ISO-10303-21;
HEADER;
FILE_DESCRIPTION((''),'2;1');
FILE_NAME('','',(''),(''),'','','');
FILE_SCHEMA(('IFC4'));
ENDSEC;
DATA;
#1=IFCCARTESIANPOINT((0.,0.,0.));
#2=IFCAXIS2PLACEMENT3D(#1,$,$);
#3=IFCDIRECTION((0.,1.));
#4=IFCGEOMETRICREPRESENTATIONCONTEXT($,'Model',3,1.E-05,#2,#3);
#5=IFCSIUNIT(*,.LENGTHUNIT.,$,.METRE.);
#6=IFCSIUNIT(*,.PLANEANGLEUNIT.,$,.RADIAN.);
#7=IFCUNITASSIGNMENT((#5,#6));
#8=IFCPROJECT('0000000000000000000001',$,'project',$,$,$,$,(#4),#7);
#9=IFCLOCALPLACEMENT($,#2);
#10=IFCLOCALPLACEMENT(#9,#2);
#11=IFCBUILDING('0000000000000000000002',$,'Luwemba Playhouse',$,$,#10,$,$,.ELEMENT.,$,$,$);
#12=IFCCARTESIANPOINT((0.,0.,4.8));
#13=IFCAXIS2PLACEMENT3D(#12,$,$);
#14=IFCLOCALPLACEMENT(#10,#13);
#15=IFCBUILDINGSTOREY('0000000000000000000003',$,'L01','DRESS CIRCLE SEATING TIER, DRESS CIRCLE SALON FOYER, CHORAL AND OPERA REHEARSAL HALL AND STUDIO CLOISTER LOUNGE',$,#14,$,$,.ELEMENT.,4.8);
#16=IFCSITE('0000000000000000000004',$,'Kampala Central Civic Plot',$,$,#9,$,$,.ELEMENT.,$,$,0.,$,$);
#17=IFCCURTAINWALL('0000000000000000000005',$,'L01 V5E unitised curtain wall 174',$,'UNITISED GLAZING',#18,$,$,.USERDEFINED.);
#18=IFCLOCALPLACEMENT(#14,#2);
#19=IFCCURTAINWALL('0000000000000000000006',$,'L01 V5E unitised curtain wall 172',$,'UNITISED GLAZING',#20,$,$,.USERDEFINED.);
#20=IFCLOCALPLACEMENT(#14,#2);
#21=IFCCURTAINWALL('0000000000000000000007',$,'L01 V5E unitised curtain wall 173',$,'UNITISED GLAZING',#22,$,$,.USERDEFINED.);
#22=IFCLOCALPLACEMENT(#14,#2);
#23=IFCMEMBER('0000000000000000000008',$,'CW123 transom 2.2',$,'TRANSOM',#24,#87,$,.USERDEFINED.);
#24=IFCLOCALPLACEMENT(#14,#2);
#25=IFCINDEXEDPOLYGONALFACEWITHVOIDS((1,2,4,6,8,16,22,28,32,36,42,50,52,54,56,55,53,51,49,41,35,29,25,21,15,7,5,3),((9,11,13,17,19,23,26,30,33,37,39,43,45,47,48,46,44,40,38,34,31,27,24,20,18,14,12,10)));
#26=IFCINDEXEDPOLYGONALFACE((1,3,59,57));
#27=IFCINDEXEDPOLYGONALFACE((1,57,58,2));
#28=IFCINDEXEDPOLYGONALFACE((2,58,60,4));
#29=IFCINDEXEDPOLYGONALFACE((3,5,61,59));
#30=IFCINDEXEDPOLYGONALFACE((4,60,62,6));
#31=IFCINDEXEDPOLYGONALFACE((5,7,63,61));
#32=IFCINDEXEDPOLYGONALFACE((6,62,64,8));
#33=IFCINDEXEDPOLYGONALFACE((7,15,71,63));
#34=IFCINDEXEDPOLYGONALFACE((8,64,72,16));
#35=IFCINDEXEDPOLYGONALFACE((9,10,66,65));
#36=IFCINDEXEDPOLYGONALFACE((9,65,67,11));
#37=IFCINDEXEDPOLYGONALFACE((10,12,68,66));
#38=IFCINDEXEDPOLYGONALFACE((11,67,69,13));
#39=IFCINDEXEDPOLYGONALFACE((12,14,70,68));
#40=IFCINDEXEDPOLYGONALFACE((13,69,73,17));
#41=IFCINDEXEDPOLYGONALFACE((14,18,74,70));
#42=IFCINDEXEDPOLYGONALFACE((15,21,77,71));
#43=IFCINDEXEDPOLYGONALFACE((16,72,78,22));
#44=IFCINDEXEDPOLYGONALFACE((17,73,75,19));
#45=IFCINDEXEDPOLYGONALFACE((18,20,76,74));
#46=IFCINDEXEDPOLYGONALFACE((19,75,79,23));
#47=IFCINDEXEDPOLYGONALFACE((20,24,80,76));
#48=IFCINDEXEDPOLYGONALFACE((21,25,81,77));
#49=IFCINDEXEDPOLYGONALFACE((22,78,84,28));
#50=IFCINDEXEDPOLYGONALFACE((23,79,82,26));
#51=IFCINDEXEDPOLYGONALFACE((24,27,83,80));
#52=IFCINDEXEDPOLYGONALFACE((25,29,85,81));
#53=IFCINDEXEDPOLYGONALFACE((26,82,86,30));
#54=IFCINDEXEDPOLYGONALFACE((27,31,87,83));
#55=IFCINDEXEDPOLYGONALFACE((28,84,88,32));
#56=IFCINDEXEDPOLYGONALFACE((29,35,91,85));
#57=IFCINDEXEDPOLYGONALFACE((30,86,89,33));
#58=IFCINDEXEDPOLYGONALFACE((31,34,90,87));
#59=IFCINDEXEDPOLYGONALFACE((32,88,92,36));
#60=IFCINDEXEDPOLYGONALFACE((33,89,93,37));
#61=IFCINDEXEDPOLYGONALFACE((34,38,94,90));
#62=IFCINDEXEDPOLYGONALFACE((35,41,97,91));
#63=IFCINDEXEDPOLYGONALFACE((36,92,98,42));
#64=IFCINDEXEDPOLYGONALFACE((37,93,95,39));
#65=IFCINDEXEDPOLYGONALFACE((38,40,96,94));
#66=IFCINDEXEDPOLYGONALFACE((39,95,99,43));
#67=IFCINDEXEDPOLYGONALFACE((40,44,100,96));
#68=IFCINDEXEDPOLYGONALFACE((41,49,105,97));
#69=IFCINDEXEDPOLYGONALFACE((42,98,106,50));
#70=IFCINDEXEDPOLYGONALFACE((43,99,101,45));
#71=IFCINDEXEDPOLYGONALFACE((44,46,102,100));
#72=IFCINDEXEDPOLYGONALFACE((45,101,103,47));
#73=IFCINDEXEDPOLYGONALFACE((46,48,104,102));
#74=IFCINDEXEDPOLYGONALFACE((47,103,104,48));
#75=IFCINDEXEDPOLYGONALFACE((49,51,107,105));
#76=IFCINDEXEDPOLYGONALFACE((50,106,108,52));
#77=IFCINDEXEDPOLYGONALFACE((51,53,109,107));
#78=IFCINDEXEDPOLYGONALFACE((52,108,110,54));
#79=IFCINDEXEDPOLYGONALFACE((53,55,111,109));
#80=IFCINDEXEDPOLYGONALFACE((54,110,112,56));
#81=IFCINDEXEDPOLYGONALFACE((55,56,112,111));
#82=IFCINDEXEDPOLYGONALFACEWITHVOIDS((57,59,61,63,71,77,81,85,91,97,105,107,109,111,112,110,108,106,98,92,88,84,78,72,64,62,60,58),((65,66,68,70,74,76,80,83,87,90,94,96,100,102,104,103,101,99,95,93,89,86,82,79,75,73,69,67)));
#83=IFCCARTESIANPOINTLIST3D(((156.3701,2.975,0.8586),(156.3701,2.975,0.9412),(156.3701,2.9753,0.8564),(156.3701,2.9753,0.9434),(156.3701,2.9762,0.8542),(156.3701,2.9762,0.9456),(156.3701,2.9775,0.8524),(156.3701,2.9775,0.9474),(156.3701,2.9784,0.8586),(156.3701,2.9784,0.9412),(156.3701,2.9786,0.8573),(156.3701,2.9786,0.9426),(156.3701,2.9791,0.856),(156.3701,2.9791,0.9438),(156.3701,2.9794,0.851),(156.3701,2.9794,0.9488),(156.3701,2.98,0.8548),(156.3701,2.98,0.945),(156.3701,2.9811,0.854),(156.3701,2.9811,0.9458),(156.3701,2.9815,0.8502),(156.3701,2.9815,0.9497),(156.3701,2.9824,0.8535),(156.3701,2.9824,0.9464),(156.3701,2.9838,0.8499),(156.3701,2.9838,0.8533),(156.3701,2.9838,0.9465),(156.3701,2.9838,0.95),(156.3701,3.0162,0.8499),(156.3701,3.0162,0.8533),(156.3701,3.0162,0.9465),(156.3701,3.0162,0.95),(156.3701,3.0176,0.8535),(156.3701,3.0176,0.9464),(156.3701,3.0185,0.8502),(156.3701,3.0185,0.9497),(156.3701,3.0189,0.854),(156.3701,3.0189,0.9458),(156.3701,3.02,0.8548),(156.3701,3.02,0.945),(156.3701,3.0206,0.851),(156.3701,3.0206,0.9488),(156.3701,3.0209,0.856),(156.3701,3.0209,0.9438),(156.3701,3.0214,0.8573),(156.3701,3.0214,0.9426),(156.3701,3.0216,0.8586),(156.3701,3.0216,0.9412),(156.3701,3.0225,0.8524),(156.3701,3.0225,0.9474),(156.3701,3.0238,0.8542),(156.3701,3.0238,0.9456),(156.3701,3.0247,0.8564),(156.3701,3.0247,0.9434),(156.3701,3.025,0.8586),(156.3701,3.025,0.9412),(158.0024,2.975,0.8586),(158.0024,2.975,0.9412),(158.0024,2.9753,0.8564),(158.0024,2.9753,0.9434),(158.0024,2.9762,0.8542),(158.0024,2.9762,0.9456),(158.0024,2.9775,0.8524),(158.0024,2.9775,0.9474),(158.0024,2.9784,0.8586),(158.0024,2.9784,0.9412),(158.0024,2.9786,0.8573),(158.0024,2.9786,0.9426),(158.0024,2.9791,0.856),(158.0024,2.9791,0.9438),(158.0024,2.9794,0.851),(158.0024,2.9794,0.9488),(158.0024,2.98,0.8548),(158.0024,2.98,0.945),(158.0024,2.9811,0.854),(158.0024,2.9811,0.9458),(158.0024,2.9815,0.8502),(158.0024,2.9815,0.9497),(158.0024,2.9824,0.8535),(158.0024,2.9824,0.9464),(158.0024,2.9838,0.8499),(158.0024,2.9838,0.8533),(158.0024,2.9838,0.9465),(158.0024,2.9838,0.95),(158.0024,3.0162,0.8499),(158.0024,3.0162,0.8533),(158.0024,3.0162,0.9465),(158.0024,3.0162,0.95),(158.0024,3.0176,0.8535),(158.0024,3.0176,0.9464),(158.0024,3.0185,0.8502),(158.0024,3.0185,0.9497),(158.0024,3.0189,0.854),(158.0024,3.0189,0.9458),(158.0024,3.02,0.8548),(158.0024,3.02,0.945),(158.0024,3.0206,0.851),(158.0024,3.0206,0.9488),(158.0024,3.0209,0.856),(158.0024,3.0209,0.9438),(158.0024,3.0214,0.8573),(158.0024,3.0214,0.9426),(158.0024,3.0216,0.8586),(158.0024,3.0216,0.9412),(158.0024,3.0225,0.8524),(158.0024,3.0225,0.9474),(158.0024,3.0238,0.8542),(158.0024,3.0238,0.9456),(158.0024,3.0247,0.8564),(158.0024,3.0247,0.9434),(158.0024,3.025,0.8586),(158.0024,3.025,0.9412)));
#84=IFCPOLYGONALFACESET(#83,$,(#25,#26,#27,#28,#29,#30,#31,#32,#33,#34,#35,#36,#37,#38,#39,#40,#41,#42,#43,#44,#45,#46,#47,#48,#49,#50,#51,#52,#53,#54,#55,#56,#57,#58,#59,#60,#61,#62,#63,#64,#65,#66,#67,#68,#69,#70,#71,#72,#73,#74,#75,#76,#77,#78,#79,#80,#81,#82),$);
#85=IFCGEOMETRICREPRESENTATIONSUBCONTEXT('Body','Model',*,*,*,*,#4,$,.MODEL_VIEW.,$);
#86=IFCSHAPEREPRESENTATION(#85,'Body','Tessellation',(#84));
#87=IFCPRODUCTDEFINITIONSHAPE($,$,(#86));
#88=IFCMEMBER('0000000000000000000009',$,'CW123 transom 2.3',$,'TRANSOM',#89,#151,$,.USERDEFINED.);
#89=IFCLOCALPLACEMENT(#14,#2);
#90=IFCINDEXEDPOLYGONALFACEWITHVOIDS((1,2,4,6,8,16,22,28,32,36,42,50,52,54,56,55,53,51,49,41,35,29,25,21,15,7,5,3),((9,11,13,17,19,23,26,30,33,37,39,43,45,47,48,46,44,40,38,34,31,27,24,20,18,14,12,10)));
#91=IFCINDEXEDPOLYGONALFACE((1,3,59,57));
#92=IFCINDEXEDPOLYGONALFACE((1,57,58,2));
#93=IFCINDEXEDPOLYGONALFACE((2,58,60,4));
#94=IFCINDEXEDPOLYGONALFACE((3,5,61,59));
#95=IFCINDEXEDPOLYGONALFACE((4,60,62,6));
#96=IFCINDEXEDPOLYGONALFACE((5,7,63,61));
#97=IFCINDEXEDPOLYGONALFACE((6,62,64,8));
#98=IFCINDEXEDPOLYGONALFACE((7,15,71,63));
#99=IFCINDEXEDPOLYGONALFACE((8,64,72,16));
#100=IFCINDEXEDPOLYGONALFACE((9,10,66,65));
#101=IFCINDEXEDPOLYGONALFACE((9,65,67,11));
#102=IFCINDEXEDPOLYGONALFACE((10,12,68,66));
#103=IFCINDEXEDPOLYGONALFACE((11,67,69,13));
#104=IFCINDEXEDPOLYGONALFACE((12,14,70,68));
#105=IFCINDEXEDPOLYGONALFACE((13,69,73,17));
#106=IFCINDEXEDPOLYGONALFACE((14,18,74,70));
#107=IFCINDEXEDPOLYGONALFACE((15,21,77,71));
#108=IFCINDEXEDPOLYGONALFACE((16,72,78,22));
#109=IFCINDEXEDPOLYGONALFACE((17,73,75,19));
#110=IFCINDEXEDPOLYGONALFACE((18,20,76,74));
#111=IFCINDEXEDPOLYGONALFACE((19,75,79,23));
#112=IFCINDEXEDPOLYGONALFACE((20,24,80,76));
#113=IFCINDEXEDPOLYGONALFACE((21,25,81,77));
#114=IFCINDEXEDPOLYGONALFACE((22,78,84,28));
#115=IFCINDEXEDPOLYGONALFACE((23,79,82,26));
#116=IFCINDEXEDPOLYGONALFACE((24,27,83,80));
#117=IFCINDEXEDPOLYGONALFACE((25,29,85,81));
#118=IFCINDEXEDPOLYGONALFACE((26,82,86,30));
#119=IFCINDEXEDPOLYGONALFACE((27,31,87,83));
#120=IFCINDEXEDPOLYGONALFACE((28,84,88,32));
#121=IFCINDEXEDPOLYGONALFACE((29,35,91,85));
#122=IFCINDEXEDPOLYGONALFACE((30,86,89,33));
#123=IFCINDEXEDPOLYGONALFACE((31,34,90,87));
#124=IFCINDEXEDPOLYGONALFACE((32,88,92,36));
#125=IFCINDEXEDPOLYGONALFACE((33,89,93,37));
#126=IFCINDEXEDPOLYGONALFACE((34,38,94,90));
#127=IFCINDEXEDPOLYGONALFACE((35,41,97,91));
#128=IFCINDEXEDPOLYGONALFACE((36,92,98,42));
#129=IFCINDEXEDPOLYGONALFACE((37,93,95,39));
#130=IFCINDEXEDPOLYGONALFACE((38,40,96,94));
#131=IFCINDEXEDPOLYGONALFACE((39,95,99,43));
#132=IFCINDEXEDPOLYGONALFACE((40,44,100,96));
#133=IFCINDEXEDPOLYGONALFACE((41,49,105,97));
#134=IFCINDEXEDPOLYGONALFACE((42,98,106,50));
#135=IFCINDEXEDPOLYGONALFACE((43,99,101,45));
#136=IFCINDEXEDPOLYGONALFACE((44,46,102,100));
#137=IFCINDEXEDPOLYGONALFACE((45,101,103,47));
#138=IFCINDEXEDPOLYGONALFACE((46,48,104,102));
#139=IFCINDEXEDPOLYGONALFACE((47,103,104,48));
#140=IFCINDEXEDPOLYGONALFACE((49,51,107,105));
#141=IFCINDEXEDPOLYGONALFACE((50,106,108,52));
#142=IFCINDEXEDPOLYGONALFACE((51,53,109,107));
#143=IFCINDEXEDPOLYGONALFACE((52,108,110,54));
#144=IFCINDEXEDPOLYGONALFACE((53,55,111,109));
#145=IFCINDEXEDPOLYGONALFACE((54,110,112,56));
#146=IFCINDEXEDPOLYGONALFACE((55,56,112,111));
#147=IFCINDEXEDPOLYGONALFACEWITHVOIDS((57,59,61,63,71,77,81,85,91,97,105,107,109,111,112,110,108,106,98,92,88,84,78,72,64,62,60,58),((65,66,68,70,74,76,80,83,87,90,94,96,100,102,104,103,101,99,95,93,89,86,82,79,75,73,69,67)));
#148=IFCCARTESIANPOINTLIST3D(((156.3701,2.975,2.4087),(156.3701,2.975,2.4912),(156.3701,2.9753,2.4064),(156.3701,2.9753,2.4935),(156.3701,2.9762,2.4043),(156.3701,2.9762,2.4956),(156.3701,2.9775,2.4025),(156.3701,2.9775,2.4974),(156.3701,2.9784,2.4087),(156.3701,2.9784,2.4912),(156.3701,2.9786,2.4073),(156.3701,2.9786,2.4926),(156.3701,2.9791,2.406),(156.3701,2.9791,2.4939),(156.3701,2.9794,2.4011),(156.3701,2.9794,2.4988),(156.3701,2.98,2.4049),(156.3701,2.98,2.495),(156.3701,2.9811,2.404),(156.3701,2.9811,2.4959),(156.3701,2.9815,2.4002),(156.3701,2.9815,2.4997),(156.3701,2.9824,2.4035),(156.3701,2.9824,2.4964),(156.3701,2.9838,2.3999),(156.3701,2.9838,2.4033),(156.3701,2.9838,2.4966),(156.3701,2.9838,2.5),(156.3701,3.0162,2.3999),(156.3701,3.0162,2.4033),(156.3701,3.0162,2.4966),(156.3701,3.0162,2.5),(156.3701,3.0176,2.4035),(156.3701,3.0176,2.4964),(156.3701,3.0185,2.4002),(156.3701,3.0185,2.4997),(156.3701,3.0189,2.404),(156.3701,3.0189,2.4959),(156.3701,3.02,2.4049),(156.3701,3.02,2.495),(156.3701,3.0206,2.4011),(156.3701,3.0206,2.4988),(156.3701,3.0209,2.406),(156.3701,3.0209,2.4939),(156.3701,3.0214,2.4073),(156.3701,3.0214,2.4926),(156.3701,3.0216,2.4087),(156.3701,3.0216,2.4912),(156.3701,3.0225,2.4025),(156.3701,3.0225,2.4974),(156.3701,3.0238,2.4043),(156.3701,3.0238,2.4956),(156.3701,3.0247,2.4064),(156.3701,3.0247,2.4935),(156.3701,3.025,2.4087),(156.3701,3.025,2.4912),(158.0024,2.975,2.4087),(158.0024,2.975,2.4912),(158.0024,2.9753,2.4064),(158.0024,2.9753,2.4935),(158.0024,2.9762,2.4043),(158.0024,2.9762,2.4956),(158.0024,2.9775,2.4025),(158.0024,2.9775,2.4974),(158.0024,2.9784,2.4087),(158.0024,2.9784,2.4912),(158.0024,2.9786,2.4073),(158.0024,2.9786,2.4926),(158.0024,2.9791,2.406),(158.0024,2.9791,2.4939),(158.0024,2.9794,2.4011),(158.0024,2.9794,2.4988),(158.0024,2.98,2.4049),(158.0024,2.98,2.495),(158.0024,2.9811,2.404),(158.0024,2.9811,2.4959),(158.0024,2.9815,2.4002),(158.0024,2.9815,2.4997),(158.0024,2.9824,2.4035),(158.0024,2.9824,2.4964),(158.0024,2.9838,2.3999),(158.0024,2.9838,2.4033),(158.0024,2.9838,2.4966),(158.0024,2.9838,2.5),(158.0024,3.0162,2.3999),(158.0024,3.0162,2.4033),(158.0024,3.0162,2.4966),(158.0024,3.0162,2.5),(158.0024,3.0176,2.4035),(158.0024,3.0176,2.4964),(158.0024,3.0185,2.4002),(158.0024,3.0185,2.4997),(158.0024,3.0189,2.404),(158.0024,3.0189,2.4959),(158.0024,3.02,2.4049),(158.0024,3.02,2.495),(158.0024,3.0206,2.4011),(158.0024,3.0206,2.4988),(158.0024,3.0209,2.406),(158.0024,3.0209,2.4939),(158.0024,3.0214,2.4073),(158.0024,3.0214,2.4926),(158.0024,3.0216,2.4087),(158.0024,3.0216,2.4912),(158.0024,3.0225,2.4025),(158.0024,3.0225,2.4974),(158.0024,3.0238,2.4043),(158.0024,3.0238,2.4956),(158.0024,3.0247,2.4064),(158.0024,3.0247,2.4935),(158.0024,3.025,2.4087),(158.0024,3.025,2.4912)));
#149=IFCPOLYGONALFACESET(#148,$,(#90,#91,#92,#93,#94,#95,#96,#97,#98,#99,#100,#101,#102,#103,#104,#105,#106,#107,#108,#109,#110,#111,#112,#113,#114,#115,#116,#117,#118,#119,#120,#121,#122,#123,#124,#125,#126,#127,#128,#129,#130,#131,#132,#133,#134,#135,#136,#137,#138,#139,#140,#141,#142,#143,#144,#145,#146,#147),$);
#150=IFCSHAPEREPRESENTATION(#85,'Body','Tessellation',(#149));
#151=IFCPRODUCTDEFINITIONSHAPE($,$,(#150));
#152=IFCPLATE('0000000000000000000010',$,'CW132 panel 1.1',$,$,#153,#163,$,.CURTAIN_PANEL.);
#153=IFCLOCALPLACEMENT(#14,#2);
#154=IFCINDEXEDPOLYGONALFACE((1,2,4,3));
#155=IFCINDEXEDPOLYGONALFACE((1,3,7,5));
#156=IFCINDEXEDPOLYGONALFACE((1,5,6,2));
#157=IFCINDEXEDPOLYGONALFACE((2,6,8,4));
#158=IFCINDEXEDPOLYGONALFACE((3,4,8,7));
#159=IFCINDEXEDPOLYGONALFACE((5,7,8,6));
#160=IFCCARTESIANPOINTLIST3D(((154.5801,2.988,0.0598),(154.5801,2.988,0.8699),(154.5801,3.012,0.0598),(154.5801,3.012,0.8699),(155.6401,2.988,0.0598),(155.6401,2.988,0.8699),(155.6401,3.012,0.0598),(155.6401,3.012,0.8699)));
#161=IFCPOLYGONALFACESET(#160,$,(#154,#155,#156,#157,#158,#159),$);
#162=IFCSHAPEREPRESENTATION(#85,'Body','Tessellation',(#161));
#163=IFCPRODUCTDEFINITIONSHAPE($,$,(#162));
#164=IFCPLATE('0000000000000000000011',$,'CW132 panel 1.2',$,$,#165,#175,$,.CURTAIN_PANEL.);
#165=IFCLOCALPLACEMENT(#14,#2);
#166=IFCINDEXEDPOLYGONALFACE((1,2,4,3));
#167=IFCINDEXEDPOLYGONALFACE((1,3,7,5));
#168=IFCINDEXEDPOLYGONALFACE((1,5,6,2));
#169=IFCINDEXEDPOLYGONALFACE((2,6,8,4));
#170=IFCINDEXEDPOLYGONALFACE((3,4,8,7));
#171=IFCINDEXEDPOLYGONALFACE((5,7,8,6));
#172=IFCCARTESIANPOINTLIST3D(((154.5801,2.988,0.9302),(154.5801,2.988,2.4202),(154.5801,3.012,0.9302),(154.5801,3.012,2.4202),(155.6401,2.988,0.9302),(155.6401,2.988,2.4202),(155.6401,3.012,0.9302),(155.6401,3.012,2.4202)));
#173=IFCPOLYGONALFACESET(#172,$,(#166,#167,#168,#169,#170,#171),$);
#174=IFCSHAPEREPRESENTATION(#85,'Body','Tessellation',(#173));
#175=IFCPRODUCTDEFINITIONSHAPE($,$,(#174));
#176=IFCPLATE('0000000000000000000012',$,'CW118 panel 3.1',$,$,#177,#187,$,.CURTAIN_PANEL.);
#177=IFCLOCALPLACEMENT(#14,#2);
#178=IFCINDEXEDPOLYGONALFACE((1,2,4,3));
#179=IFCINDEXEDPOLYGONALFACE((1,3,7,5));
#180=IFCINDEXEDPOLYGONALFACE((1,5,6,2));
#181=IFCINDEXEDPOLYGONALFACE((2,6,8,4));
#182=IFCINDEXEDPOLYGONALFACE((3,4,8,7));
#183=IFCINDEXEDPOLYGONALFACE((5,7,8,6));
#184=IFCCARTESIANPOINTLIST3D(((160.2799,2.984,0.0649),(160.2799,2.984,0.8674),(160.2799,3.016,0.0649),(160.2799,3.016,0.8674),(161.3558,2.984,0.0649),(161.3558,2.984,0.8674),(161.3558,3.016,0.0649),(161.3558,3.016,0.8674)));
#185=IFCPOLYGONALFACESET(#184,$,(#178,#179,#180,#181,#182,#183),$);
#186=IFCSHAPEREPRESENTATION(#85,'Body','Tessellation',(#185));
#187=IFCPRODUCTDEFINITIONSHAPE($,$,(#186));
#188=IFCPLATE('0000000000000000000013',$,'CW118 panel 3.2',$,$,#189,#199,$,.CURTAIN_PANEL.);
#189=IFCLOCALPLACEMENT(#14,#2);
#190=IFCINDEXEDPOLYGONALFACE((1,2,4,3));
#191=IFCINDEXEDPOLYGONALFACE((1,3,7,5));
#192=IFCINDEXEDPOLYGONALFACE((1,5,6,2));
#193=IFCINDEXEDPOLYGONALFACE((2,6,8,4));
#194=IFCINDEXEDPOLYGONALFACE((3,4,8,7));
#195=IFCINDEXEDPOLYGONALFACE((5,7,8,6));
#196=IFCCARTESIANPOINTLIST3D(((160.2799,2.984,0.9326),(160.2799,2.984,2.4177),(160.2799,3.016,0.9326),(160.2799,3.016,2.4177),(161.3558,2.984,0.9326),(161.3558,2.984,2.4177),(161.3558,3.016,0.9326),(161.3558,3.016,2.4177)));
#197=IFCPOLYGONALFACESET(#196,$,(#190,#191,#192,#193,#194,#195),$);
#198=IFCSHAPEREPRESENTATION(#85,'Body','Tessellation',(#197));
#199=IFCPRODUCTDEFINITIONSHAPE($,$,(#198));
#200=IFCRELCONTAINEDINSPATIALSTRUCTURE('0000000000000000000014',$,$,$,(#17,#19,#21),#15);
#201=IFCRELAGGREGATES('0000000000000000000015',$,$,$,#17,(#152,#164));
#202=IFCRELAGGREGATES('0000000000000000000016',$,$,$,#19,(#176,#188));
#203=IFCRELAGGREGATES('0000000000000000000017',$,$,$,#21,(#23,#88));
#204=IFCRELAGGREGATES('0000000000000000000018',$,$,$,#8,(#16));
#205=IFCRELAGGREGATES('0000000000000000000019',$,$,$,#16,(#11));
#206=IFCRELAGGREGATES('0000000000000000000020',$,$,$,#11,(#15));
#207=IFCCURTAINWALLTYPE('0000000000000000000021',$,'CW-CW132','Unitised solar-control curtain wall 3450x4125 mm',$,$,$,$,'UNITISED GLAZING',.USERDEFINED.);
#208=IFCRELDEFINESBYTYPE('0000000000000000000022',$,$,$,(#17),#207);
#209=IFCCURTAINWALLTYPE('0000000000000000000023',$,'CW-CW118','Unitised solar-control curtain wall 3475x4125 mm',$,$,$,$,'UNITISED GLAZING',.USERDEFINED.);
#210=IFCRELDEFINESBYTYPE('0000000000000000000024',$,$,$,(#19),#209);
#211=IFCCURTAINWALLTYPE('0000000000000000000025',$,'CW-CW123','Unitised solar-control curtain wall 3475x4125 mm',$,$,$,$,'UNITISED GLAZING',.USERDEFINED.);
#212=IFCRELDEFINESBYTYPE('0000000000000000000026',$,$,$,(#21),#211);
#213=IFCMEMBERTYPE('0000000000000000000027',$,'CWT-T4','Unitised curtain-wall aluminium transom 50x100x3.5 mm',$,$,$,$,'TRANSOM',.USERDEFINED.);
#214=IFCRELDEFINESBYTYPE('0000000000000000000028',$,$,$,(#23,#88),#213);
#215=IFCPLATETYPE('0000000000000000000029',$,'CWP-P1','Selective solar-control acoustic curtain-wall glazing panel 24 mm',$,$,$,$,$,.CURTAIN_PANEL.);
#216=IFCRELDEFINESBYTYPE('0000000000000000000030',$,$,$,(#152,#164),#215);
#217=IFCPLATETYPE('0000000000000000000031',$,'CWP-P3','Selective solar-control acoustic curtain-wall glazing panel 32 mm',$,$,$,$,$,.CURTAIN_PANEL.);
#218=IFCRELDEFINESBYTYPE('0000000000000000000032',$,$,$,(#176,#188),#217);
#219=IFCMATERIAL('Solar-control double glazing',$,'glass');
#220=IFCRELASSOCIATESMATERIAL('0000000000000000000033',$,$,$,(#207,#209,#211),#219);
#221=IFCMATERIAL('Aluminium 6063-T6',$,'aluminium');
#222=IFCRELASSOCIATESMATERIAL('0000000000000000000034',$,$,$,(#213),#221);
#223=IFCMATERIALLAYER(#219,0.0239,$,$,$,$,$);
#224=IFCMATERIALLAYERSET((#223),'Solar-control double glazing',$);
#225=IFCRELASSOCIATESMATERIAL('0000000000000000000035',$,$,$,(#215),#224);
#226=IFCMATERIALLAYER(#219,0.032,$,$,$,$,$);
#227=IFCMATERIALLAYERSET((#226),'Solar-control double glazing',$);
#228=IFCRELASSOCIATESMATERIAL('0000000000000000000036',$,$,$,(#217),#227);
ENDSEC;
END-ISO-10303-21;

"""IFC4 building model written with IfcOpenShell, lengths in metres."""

from ifc_helpers import new_model, si_unit, direction, frame, origin, origin_2d, place, context, subcontext, project, spatial, rectangle, hollow_rectangle, extrude, material, layer, layer_set, material_profile, profile_set, type_object, element, aggregate, save


model = new_model("IFC4")

# Units and contexts
model_context = context("Model", 3, precision=1e-05, world=origin(), true_north=direction((0.0, 1.0)))
body_context = subcontext(model_context, "Body", "Model", "MODEL_VIEW")
ifc_project = project(units=[si_unit("LENGTHUNIT", "METRE"), si_unit("PLANEANGLEUNIT", "RADIAN")], contexts=[model_context])

# Site, building, storey
site_placement = place(None, origin())
site = spatial("IfcSite", under=ifc_project, at=site_placement, Name="Kampala Central Civic Plot", CompositionType="ELEMENT", RefElevation=0.0)
building_placement = place(site_placement, origin())
building = spatial("IfcBuilding", under=site, at=building_placement, Name="Luwemba Playhouse", CompositionType="ELEMENT")
storey_placement = place(building_placement, frame((0.0, 0.0, 4.8)))
storey = spatial("IfcBuildingStorey", under=building, at=storey_placement, Name="L01", Description="DRESS CIRCLE SEATING TIER, DRESS CIRCLE SALON FOYER, CHORAL AND OPERA REHEARSAL HALL AND STUDIO CLOISTER LOUNGE", CompositionType="ELEMENT", Elevation=4.8)

# Curtain wall
ifc_material_1 = material(Name="Solar-control double glazing", Category="glass")
curtain_wall_type_1 = type_object("IfcCurtainWallType", Name="CW-CW132", Description="Unitised solar-control curtain wall 3450x4125 mm", ElementType="UNITISED GLAZING", PredefinedType="USERDEFINED", material=ifc_material_1)
curtain_wall_1_placement = place(storey_placement, origin())
curtain_wall_1 = element("IfcCurtainWall", 1, at=curtain_wall_1_placement, inside=storey, type_object=curtain_wall_type_1, Name="L01 V5E unitised curtain wall 174", ObjectType="UNITISED GLAZING", PredefinedType="USERDEFINED")
ifc_material_2 = material(Name="Aluminium 6063-T6", Category="aluminium")

# Curtain walls
curtain_wall_type_2 = type_object("IfcCurtainWallType", Name="CW-CW118", Description="Unitised solar-control curtain wall 3475x4125 mm", ElementType="UNITISED GLAZING", PredefinedType="USERDEFINED", material=ifc_material_1)
curtain_wall_2_placement = place(storey_placement, origin())
curtain_wall_2 = element("IfcCurtainWall", 2, at=curtain_wall_2_placement, inside=storey, type_object=curtain_wall_type_2, Name="L01 V5E unitised curtain wall 172", ObjectType="UNITISED GLAZING", PredefinedType="USERDEFINED")
curtain_wall_type_3 = type_object("IfcCurtainWallType", Name="CW-CW123", Description="Unitised solar-control curtain wall 3475x4125 mm", ElementType="UNITISED GLAZING", PredefinedType="USERDEFINED", material=ifc_material_1)
curtain_wall_3_placement = place(storey_placement, origin())
curtain_wall_3 = element("IfcCurtainWall", 3, at=curtain_wall_3_placement, inside=storey, type_object=curtain_wall_type_3, Name="L01 V5E unitised curtain wall 173", ObjectType="UNITISED GLAZING", PredefinedType="USERDEFINED")

# Members
ifc_material_profile_1 = material_profile(ifc_material_2, hollow_rectangle(XDim=0.05, YDim=0.1001, WallThickness=0.0034, InnerFilletRadius=0.0054, OuterFilletRadius=0.0088, at=origin_2d()))
ifc_profile_set_1 = profile_set([ifc_material_profile_1], Name="Aluminium 6063-T6")
member_type_1 = type_object("IfcMemberType", Name="CWT-T4", Description="Unitised curtain-wall aluminium transom 50x100x3.5 mm", ElementType="TRANSOM", PredefinedType="USERDEFINED", material=ifc_profile_set_1)
member_1_placement = place(storey_placement, frame((158.0024, 3.0, 0.8999), z_axis=(-1.0, 0.0, 0.0), x_axis=(0.0, -1.0, 0.0)))
member_1 = element("IfcMember", 4, at=member_1_placement, type_object=member_type_1, Name="CW123 transom 2.2", ObjectType="TRANSOM", PredefinedType="USERDEFINED", context=body_context, shape_type="SweptSolid", body=[
    extrude(hollow_rectangle(XDim=0.05, YDim=0.1001, WallThickness=0.0034, InnerFilletRadius=0.0054, OuterFilletRadius=0.0088, at=origin_2d()), origin(), (0.0, 0.0, 1.0), 1.6323),
])
member_2_placement = place(storey_placement, frame((158.0024, 3.0, 2.45), z_axis=(-1.0, 0.0, 0.0), x_axis=(0.0, -1.0, 0.0)))
member_2 = element("IfcMember", 5, at=member_2_placement, type_object=member_type_1, Name="CW123 transom 2.3", ObjectType="TRANSOM", PredefinedType="USERDEFINED", context=body_context, shape_type="SweptSolid", body=[
    extrude(hollow_rectangle(XDim=0.05, YDim=0.1001, WallThickness=0.0034, InnerFilletRadius=0.0054, OuterFilletRadius=0.0088, at=origin_2d()), origin(), (0.0, 0.0, 1.0), 1.6323),
])

# Plates
ifc_layer_1 = layer(ifc_material_1, 0.0239)
ifc_layer_set_1 = layer_set([ifc_layer_1], Name="Solar-control double glazing")
plate_type_1 = type_object("IfcPlateType", Name="CWP-P1", Description="Selective solar-control acoustic curtain-wall glazing panel 24 mm", PredefinedType="CURTAIN_PANEL", material=ifc_layer_set_1)
plate_1_placement = place(storey_placement, frame((155.1101, 3.0, 0.0598), z_axis=(0.0, 0.0, 1.0), x_axis=(-1.0, 0.0, 0.0)))
plate_1 = element("IfcPlate", 6, at=plate_1_placement, type_object=plate_type_1, Name="CW132 panel 1.1", PredefinedType="CURTAIN_PANEL", context=body_context, shape_type="SweptSolid", body=[
    extrude(rectangle(XDim=1.0601, YDim=0.0239, at=origin_2d()), origin(), (0.0, 0.0, 1.0), 0.8101),
])
plate_2_placement = place(storey_placement, frame((155.1101, 3.0, 0.9302), z_axis=(0.0, 0.0, 1.0), x_axis=(-1.0, 0.0, 0.0)))
plate_2 = element("IfcPlate", 7, at=plate_2_placement, type_object=plate_type_1, Name="CW132 panel 1.2", PredefinedType="CURTAIN_PANEL", context=body_context, shape_type="SweptSolid", body=[
    extrude(rectangle(XDim=1.0601, YDim=0.0239, at=origin_2d()), origin(), (0.0, 0.0, 1.0), 1.49),
])
aggregate(curtain_wall_1, [plate_1, plate_2])
ifc_layer_2 = layer(ifc_material_1, 0.032)
ifc_layer_set_2 = layer_set([ifc_layer_2], Name="Solar-control double glazing")
plate_type_2 = type_object("IfcPlateType", Name="CWP-P3", Description="Selective solar-control acoustic curtain-wall glazing panel 32 mm", PredefinedType="CURTAIN_PANEL", material=ifc_layer_set_2)
plate_3_placement = place(storey_placement, frame((160.8179, 3.0, 0.0649), z_axis=(0.0, 0.0, 1.0), x_axis=(-1.0, 0.0, 0.0)))
plate_3 = element("IfcPlate", 8, at=plate_3_placement, type_object=plate_type_2, Name="CW118 panel 3.1", PredefinedType="CURTAIN_PANEL", context=body_context, shape_type="SweptSolid", body=[
    extrude(rectangle(XDim=1.0759, YDim=0.032, at=origin_2d()), origin(), (0.0, 0.0, 1.0), 0.8025),
])
plate_4_placement = place(storey_placement, frame((160.8179, 3.0, 0.9326), z_axis=(0.0, 0.0, 1.0), x_axis=(-1.0, 0.0, 0.0)))
plate_4 = element("IfcPlate", 9, at=plate_4_placement, type_object=plate_type_2, Name="CW118 panel 3.2", PredefinedType="CURTAIN_PANEL", context=body_context, shape_type="SweptSolid", body=[
    extrude(rectangle(XDim=1.0759, YDim=0.032, at=origin_2d()), origin(), (0.0, 0.0, 1.0), 1.4851),
])
aggregate(curtain_wall_2, [plate_3, plate_4])
aggregate(curtain_wall_3, [member_1, member_2])

save(model, "model.ifc")
